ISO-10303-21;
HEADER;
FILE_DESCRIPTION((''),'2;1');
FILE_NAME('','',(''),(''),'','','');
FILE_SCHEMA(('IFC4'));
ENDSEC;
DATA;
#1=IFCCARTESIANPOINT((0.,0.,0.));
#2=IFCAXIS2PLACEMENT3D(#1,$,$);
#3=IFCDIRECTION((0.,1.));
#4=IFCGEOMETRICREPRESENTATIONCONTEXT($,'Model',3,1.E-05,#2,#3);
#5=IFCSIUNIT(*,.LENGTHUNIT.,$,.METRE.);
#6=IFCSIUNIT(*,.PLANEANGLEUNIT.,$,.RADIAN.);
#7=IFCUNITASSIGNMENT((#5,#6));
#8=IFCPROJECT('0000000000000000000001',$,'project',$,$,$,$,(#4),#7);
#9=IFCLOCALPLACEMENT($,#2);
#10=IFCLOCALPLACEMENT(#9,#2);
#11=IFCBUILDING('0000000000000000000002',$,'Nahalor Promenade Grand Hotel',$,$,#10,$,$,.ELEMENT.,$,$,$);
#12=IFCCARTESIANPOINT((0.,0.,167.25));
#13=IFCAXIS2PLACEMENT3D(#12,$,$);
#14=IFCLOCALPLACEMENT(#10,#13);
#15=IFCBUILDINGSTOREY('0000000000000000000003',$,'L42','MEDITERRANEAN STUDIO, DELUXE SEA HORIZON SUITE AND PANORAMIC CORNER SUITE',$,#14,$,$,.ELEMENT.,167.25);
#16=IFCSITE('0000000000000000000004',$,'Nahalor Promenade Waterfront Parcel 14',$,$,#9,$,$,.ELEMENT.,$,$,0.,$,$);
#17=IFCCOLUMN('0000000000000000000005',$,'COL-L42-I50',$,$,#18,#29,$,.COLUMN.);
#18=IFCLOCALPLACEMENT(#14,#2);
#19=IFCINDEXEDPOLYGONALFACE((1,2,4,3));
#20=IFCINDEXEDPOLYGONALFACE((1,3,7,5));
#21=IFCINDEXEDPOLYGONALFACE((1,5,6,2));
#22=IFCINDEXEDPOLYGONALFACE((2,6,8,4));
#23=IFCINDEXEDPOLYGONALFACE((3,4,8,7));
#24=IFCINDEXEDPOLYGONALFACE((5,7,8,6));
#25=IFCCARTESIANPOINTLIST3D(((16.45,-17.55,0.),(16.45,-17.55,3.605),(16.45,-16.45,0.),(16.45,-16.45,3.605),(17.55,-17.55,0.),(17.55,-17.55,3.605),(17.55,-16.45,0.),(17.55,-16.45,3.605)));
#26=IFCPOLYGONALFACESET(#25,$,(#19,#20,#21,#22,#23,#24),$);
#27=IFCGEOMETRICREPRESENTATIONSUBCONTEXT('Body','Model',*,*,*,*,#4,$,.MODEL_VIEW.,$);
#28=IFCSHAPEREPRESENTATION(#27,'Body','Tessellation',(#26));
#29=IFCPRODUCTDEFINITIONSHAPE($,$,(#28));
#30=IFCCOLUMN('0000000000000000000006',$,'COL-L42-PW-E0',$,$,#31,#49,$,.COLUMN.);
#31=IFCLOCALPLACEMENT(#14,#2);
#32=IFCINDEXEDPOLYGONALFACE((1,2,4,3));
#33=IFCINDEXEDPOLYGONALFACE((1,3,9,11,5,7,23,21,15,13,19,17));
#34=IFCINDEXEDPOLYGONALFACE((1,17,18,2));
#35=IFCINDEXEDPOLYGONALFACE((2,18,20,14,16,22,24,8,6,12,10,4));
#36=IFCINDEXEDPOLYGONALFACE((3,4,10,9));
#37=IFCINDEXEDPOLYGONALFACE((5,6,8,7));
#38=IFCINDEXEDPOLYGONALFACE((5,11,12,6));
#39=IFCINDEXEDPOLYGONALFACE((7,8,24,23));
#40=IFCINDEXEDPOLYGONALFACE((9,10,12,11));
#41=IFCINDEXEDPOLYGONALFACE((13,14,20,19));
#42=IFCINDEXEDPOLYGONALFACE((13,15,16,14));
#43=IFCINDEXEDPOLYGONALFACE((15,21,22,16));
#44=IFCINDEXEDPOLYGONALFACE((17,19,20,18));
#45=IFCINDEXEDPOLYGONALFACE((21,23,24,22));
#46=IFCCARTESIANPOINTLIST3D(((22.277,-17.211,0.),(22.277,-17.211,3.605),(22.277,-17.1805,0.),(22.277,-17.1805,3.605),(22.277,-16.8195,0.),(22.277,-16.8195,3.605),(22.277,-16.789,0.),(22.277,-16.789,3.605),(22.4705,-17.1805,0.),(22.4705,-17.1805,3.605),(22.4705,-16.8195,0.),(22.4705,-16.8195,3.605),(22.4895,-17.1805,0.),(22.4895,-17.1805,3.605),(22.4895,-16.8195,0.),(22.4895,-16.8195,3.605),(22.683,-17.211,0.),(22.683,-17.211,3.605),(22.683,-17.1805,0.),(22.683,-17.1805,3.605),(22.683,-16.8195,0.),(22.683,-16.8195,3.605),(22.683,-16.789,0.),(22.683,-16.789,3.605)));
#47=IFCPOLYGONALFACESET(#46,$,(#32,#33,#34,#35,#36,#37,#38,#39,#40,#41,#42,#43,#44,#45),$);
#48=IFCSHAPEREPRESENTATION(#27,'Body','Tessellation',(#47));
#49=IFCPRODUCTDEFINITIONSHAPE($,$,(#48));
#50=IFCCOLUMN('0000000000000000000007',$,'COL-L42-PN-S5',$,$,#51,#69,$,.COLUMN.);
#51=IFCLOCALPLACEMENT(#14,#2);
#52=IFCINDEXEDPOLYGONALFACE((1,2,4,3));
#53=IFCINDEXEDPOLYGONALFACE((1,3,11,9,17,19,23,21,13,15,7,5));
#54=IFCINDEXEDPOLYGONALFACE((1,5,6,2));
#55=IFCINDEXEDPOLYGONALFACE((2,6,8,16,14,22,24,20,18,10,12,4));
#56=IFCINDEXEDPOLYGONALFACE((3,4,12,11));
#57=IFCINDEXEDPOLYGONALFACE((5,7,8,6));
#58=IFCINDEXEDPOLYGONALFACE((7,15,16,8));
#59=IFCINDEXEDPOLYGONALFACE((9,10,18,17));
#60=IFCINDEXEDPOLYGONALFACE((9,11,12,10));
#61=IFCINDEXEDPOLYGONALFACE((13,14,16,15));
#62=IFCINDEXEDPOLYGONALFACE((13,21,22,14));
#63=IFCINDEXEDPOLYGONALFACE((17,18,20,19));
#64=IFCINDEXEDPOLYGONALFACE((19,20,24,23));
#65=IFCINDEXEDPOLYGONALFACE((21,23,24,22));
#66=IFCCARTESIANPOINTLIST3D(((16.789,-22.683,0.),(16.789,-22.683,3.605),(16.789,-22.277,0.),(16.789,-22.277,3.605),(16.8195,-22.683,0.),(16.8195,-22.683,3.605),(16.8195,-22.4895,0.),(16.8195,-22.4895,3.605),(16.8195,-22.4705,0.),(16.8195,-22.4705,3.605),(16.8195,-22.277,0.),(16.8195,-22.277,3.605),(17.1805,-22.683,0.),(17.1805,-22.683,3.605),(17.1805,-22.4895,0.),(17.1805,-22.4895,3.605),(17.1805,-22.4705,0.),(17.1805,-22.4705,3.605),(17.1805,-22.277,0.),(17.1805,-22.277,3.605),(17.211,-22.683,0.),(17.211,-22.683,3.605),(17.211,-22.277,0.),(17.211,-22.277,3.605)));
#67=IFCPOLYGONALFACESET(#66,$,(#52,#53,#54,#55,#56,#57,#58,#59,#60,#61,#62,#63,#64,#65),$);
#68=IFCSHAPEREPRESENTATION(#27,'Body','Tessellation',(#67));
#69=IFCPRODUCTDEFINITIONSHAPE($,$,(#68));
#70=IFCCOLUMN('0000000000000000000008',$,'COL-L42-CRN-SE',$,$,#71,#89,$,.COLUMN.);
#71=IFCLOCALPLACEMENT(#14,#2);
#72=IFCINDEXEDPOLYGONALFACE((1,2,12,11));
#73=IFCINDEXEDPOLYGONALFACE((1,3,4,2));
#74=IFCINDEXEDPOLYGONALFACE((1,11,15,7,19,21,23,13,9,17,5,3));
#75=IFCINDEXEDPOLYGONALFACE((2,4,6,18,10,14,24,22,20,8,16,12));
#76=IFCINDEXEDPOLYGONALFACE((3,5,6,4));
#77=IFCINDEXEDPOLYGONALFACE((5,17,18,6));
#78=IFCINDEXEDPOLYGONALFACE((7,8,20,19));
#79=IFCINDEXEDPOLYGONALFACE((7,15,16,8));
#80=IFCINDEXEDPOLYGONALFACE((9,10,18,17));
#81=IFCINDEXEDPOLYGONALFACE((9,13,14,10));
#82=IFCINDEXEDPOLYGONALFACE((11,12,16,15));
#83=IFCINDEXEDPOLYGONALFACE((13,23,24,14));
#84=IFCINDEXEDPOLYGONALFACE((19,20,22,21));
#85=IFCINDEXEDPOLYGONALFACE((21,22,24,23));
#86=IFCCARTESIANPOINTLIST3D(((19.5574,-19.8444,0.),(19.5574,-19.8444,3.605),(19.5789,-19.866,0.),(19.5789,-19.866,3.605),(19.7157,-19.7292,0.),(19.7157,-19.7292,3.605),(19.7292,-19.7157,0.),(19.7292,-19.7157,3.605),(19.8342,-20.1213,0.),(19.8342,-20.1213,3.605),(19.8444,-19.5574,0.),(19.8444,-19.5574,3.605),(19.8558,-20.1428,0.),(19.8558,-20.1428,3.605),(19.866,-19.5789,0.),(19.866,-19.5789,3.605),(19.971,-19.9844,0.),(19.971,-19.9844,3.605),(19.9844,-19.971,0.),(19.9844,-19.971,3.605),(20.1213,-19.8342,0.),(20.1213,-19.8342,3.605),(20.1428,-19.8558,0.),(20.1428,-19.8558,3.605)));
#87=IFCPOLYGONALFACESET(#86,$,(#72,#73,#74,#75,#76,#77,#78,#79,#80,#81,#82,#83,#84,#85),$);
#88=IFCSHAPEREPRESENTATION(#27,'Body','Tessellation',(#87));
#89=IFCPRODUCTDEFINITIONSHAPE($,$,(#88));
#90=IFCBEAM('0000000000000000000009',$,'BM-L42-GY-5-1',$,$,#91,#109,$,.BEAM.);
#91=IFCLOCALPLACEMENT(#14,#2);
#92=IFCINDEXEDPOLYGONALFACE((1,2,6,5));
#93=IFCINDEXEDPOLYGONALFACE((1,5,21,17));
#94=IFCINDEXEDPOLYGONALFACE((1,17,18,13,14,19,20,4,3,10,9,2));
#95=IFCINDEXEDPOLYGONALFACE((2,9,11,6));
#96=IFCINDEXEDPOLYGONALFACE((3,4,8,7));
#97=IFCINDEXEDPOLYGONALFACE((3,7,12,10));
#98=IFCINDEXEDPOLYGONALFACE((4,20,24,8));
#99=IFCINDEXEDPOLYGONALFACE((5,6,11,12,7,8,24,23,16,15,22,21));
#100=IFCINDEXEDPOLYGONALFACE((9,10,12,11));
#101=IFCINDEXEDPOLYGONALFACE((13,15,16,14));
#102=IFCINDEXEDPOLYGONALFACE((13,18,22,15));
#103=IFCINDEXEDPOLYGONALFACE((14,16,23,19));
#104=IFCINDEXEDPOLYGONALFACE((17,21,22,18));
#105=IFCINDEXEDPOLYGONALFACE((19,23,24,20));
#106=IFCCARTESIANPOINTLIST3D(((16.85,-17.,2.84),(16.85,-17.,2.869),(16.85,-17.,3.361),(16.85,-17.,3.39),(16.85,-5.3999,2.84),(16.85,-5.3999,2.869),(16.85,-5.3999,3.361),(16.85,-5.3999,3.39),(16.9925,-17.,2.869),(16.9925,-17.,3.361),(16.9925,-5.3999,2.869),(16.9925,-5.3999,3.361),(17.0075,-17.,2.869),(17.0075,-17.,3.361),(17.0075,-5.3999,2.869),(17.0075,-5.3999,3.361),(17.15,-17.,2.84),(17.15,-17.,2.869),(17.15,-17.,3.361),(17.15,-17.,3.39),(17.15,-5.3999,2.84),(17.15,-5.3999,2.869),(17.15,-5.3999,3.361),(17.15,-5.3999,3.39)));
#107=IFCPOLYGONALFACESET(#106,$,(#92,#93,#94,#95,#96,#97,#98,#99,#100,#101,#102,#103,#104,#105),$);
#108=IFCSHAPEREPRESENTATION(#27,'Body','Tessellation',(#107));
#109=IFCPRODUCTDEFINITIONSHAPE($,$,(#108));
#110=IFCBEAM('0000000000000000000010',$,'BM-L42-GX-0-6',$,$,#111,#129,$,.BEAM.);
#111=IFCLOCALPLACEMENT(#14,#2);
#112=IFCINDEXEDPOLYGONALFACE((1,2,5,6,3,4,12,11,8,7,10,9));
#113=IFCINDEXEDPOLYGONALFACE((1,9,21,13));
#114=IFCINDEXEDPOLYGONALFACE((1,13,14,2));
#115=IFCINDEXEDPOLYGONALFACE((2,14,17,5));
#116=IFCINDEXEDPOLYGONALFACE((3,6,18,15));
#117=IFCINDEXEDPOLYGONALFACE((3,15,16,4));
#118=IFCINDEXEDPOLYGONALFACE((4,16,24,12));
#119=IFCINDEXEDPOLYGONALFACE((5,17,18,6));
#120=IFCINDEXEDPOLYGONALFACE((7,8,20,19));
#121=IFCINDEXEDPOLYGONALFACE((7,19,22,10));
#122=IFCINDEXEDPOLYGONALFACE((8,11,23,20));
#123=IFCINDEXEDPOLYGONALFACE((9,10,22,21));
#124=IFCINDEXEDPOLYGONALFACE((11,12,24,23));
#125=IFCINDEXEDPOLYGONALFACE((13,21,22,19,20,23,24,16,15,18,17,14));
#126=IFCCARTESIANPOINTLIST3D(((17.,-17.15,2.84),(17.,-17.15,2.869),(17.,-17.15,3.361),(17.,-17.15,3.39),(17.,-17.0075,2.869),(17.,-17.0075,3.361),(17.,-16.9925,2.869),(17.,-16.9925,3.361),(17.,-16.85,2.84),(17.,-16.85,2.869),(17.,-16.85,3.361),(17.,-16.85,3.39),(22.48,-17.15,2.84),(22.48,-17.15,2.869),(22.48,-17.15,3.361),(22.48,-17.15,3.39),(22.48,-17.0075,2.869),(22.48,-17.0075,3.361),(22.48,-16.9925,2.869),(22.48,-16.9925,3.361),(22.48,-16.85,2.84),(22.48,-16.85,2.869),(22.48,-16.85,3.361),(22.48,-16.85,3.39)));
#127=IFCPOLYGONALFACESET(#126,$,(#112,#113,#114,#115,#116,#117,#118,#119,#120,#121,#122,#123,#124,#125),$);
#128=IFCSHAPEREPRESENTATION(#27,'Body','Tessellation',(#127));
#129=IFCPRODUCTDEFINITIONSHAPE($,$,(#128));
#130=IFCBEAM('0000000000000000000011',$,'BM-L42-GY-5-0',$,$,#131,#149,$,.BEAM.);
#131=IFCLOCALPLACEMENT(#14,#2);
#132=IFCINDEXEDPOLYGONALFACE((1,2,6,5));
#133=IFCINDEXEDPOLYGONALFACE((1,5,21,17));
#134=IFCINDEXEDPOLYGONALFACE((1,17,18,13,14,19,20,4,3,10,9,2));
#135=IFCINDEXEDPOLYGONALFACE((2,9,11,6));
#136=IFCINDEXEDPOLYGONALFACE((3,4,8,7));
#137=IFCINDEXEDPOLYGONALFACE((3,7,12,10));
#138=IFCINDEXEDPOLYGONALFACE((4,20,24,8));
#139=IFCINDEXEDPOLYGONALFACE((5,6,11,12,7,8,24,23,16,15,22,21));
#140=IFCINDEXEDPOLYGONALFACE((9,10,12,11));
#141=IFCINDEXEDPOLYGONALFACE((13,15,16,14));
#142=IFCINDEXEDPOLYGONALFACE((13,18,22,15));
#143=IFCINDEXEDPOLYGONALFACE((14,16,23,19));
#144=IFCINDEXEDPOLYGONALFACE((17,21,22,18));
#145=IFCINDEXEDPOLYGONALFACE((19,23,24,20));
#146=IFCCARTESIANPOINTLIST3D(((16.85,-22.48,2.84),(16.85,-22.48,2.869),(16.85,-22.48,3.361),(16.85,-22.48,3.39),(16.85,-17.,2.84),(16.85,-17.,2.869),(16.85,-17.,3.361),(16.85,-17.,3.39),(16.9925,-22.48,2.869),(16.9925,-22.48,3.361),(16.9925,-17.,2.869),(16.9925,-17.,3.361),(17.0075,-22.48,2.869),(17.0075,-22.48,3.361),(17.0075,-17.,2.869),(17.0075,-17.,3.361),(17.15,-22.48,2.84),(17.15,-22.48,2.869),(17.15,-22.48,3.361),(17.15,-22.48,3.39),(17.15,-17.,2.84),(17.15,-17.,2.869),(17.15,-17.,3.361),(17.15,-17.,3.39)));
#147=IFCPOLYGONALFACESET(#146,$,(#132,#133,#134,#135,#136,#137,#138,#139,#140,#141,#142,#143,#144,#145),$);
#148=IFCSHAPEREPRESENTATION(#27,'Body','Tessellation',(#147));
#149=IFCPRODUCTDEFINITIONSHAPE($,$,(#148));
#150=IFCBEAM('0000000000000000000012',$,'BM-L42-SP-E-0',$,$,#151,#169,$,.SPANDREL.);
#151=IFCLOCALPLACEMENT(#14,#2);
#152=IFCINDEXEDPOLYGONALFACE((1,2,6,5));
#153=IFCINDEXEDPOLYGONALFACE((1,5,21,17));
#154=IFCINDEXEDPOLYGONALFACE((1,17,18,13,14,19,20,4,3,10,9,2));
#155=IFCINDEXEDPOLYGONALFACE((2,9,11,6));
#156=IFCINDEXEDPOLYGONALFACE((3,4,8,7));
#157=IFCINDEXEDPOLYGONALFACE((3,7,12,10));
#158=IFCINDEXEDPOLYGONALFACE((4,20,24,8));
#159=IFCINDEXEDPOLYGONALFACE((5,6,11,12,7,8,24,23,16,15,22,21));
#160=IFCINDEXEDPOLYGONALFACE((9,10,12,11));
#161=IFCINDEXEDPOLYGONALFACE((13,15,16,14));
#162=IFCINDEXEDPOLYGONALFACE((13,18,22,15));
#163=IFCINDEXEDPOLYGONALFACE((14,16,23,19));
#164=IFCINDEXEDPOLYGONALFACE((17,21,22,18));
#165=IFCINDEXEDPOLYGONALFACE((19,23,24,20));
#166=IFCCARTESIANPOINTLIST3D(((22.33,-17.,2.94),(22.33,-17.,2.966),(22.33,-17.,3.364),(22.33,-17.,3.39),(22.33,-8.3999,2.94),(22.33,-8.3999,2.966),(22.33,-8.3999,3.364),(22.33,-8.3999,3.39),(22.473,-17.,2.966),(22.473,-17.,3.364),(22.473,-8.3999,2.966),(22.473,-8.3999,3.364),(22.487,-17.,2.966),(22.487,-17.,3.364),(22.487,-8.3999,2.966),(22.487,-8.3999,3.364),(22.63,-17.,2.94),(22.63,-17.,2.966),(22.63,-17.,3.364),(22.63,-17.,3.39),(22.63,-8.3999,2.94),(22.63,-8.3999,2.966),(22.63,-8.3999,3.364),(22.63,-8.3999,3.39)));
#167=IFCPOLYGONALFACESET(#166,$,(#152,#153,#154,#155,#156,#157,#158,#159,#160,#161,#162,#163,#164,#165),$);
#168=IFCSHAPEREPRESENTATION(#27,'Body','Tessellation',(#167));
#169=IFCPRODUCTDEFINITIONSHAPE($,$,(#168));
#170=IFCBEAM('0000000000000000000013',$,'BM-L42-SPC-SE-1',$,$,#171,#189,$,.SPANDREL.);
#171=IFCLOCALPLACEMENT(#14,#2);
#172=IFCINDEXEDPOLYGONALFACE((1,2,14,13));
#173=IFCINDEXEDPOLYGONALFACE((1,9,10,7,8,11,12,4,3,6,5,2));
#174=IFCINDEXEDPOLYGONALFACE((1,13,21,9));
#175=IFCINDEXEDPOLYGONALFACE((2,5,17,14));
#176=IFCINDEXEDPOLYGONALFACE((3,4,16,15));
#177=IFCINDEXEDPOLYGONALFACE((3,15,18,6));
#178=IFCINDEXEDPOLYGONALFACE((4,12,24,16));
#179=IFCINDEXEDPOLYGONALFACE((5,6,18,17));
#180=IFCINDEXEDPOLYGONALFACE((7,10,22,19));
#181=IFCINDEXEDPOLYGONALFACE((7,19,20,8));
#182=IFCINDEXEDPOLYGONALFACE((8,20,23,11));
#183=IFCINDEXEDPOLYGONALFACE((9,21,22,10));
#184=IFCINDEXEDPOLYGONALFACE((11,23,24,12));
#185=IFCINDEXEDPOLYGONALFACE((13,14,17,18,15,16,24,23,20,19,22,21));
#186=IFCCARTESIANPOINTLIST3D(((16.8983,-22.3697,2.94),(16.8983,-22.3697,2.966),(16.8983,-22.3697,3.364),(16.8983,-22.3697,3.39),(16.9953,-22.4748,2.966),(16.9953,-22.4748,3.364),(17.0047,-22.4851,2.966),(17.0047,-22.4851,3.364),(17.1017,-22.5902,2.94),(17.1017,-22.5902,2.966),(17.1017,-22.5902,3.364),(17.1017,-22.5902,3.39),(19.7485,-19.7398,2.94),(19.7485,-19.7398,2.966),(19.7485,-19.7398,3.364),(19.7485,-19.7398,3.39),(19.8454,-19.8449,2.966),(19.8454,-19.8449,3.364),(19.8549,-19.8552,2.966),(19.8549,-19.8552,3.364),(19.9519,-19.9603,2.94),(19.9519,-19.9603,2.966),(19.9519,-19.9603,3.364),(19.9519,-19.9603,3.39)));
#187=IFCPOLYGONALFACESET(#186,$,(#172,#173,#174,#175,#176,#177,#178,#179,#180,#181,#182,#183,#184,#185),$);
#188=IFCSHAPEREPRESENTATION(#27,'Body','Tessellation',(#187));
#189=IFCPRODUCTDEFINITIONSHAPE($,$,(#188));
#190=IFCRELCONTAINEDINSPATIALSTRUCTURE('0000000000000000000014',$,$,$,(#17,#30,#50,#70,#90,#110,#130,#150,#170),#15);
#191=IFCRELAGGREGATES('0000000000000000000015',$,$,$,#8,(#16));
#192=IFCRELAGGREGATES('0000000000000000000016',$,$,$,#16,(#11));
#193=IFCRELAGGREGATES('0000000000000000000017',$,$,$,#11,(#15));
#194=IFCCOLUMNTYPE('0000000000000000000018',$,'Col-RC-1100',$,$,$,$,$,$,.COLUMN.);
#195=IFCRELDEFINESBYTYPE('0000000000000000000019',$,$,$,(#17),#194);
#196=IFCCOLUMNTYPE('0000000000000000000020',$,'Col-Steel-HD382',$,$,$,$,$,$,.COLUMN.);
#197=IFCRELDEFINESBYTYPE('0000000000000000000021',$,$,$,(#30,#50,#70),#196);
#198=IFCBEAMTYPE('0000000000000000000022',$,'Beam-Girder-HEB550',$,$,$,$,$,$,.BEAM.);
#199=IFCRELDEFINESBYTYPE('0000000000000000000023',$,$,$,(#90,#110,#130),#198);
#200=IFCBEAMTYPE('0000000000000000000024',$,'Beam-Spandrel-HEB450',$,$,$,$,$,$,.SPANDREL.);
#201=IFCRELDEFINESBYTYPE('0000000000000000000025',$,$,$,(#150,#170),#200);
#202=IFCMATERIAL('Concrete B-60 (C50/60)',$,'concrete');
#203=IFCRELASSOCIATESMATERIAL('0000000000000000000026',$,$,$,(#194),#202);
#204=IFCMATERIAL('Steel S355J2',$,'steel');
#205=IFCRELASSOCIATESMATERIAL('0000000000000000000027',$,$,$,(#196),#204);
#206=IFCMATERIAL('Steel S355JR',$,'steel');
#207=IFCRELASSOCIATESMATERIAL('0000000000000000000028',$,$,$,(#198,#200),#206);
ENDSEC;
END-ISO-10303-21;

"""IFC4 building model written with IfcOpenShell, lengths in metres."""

from ifc_helpers import new_model, si_unit, direction, frame, origin, origin_2d, place, context, subcontext, project, spatial, rectangle, i_section, extrude, source, transform, mapped, material, material_profile, profile_set, type_object, element, save


model = new_model("IFC4")

# Units and contexts
model_context = context("Model", 3, precision=1e-05, world=origin(), true_north=direction((0.0, 1.0)))
body_context = subcontext(model_context, "Body", "Model", "MODEL_VIEW")
ifc_project = project(units=[si_unit("LENGTHUNIT", "METRE"), si_unit("PLANEANGLEUNIT", "RADIAN")], contexts=[model_context])

# Site, building, storey
site_placement = place(None, origin())
site = spatial("IfcSite", under=ifc_project, at=site_placement, Name="Nahalor Promenade Waterfront Parcel 14", CompositionType="ELEMENT", RefElevation=0.0)
building_placement = place(site_placement, origin())
building = spatial("IfcBuilding", under=site, at=building_placement, Name="Nahalor Promenade Grand Hotel", CompositionType="ELEMENT")
storey_placement = place(building_placement, frame((0.0, 0.0, 167.25)))
storey = spatial("IfcBuildingStorey", under=building, at=storey_placement, Name="L42", Description="MEDITERRANEAN STUDIO, DELUXE SEA HORIZON SUITE AND PANORAMIC CORNER SUITE", CompositionType="ELEMENT", Elevation=167.25)

# Columns
ifc_material_1 = material(Name="Concrete B-60 (C50/60)", Category="concrete")
ifc_material_profile_1 = material_profile(ifc_material_1, rectangle(XDim=1.1, YDim=1.1, at=origin_2d()), Name="RC 1100x1100")
ifc_profile_set_1 = profile_set([ifc_material_profile_1], Name="Concrete B-60 (C50/60)")
column_type_1 = type_object("IfcColumnType", Name="Col-RC-1100", PredefinedType="COLUMN", material=ifc_profile_set_1)
shared_shape_1 = source(origin(), body_context, "Body", "SweptSolid", [
    extrude(rectangle(XDim=1.1, YDim=1.1, at=origin_2d()), origin(), (0.0, 0.0, 1.0), 3.605),
])
column_placement = place(storey_placement, frame((17.0, -17.0, 0.0), z_axis=(0.0, 0.0, 1.0), x_axis=(1.0, 0.0, 0.0)))
element("IfcColumn", 1, at=column_placement, inside=storey, type_object=column_type_1, Name="COL-L42-I50", PredefinedType="COLUMN", context=body_context, shape_type="MappedRepresentation", body=[
    mapped(shared_shape_1, transform((0.0, 0.0, 0.0), scale=1.0)),
])
ifc_material_2 = material(Name="Steel S355J2", Category="steel")
ifc_material_profile_2 = material_profile(ifc_material_2, i_section(OverallWidth=0.406, OverallDepth=0.422, WebThickness=0.019, FlangeThickness=0.0305, at=origin_2d()), Name="HD 400x382")
ifc_profile_set_2 = profile_set([ifc_material_profile_2], Name="Steel S355J2")
column_type_2 = type_object("IfcColumnType", Name="Col-Steel-HD382", PredefinedType="COLUMN", material=ifc_profile_set_2)
shared_shape_2 = source(origin(), body_context, "Body", "SweptSolid", [
    extrude(i_section(OverallWidth=0.406, OverallDepth=0.422, WebThickness=0.019, FlangeThickness=0.0305, at=origin_2d()), origin(), (0.0, 0.0, 1.0), 3.605),
])
for number, where, z_axis, x_axis, name in (
    (2, (22.48, -17.0, 0.0), (0.0, 0.0, 1.0), (1.0, 0.0, 0.0), "COL-L42-PW-E0"),
    (3, (17.0, -22.48, 0.0), (0.0, 0.0, 1.0), (0.0, 1.0, 0.0), "COL-L42-PN-S5"),
    (4, (19.8501, -19.8501, 0.0), (0.0, 0.0, 1.0), (0.707107, 0.707107, 0.0), "COL-L42-CRN-SE"),
):
    element("IfcColumn", number, at=place(storey_placement, frame(where, z_axis=z_axis, x_axis=x_axis)), inside=storey, type_object=column_type_2, Name=name, PredefinedType="COLUMN", context=body_context, shape_type="MappedRepresentation", body=[
        mapped(shared_shape_2, transform((0.0, 0.0, 0.0), scale=1.0)),
    ])

# Beams
ifc_material_3 = material(Name="Steel S355JR", Category="steel")
ifc_material_profile_3 = material_profile(ifc_material_3, i_section(OverallWidth=0.3, OverallDepth=0.55, WebThickness=0.015, FlangeThickness=0.029, at=origin_2d()), Name="HEB 550")
ifc_profile_set_3 = profile_set([ifc_material_profile_3], Name="Steel S355JR")
beam_type_1 = type_object("IfcBeamType", Name="Beam-Girder-HEB550", PredefinedType="BEAM", material=ifc_profile_set_3)
shared_shape_3 = source(origin(), body_context, "Body", "SweptSolid", [
    extrude(i_section(OverallWidth=0.3, OverallDepth=0.55, WebThickness=0.015, FlangeThickness=0.029, at=origin_2d()), origin(), (0.0, 0.0, 1.0), 11.6001),
])
beam_1_placement = place(storey_placement, frame((17.0, -17.0, 3.115), z_axis=(0.0, 1.0, 0.0), x_axis=(-1.0, 0.0, 0.0)))
element("IfcBeam", 5, at=beam_1_placement, inside=storey, type_object=beam_type_1, Name="BM-L42-GY-5-1", PredefinedType="BEAM", context=body_context, shape_type="MappedRepresentation", body=[
    mapped(shared_shape_3, transform((0.0, 0.0, 0.0), scale=1.0)),
])
shared_shape_4 = source(origin(), body_context, "Body", "SweptSolid", [
    extrude(i_section(OverallWidth=0.3, OverallDepth=0.55, WebThickness=0.015, FlangeThickness=0.029, at=origin_2d()), origin(), (0.0, 0.0, 1.0), 5.48),
])
for number, where, z_axis, x_axis, name in (
    (6, (17.0, -17.0, 3.115), (1.0, 0.0, 0.0), (0.0, 1.0, 0.0), "BM-L42-GX-0-6"),
    (7, (17.0, -22.48, 3.115), (0.0, 1.0, 0.0), (-1.0, 0.0, 0.0), "BM-L42-GY-5-0"),
):
    element("IfcBeam", number, at=place(storey_placement, frame(where, z_axis=z_axis, x_axis=x_axis)), inside=storey, type_object=beam_type_1, Name=name, PredefinedType="BEAM", context=body_context, shape_type="MappedRepresentation", body=[
        mapped(shared_shape_4, transform((0.0, 0.0, 0.0), scale=1.0)),
    ])
ifc_material_profile_4 = material_profile(ifc_material_3, i_section(OverallWidth=0.3, OverallDepth=0.45, WebThickness=0.014, FlangeThickness=0.026, at=origin_2d()), Name="HEB 450")
ifc_profile_set_4 = profile_set([ifc_material_profile_4], Name="Steel S355JR")
beam_type_2 = type_object("IfcBeamType", Name="Beam-Spandrel-HEB450", PredefinedType="SPANDREL", material=ifc_profile_set_4)
shared_shape_5 = source(origin(), body_context, "Body", "SweptSolid", [
    extrude(i_section(OverallWidth=0.3, OverallDepth=0.45, WebThickness=0.014, FlangeThickness=0.026, at=origin_2d()), origin(), (0.0, 0.0, 1.0), 8.6001),
])
beam_2_placement = place(storey_placement, frame((22.48, -17.0, 3.165), z_axis=(0.0, 1.0, 0.0), x_axis=(-1.0, 0.0, 0.0)))
element("IfcBeam", 8, at=beam_2_placement, inside=storey, type_object=beam_type_2, Name="BM-L42-SP-E-0", PredefinedType="SPANDREL", context=body_context, shape_type="MappedRepresentation", body=[
    mapped(shared_shape_5, transform((0.0, 0.0, 0.0), scale=1.0)),
])
shared_shape_6 = source(origin(), body_context, "Body", "SweptSolid", [
    extrude(i_section(OverallWidth=0.3, OverallDepth=0.45, WebThickness=0.014, FlangeThickness=0.026, at=origin_2d()), origin(), (0.0, 0.0, 1.0), 3.8782),
])
for number, where, z_axis, x_axis, name in (
    (9, (17.0, -22.48, 3.165), (0.734929, 0.678144, 0.0), (-0.678144, 0.734929, 0.0), "BM-L42-SPC-SE-1"),
):
    element("IfcBeam", number, at=place(storey_placement, frame(where, z_axis=z_axis, x_axis=x_axis)), inside=storey, type_object=beam_type_2, Name=name, PredefinedType="SPANDREL", context=body_context, shape_type="MappedRepresentation", body=[
        mapped(shared_shape_6, transform((0.0, 0.0, 0.0), scale=1.0)),
    ])

save(model, "model.ifc")
